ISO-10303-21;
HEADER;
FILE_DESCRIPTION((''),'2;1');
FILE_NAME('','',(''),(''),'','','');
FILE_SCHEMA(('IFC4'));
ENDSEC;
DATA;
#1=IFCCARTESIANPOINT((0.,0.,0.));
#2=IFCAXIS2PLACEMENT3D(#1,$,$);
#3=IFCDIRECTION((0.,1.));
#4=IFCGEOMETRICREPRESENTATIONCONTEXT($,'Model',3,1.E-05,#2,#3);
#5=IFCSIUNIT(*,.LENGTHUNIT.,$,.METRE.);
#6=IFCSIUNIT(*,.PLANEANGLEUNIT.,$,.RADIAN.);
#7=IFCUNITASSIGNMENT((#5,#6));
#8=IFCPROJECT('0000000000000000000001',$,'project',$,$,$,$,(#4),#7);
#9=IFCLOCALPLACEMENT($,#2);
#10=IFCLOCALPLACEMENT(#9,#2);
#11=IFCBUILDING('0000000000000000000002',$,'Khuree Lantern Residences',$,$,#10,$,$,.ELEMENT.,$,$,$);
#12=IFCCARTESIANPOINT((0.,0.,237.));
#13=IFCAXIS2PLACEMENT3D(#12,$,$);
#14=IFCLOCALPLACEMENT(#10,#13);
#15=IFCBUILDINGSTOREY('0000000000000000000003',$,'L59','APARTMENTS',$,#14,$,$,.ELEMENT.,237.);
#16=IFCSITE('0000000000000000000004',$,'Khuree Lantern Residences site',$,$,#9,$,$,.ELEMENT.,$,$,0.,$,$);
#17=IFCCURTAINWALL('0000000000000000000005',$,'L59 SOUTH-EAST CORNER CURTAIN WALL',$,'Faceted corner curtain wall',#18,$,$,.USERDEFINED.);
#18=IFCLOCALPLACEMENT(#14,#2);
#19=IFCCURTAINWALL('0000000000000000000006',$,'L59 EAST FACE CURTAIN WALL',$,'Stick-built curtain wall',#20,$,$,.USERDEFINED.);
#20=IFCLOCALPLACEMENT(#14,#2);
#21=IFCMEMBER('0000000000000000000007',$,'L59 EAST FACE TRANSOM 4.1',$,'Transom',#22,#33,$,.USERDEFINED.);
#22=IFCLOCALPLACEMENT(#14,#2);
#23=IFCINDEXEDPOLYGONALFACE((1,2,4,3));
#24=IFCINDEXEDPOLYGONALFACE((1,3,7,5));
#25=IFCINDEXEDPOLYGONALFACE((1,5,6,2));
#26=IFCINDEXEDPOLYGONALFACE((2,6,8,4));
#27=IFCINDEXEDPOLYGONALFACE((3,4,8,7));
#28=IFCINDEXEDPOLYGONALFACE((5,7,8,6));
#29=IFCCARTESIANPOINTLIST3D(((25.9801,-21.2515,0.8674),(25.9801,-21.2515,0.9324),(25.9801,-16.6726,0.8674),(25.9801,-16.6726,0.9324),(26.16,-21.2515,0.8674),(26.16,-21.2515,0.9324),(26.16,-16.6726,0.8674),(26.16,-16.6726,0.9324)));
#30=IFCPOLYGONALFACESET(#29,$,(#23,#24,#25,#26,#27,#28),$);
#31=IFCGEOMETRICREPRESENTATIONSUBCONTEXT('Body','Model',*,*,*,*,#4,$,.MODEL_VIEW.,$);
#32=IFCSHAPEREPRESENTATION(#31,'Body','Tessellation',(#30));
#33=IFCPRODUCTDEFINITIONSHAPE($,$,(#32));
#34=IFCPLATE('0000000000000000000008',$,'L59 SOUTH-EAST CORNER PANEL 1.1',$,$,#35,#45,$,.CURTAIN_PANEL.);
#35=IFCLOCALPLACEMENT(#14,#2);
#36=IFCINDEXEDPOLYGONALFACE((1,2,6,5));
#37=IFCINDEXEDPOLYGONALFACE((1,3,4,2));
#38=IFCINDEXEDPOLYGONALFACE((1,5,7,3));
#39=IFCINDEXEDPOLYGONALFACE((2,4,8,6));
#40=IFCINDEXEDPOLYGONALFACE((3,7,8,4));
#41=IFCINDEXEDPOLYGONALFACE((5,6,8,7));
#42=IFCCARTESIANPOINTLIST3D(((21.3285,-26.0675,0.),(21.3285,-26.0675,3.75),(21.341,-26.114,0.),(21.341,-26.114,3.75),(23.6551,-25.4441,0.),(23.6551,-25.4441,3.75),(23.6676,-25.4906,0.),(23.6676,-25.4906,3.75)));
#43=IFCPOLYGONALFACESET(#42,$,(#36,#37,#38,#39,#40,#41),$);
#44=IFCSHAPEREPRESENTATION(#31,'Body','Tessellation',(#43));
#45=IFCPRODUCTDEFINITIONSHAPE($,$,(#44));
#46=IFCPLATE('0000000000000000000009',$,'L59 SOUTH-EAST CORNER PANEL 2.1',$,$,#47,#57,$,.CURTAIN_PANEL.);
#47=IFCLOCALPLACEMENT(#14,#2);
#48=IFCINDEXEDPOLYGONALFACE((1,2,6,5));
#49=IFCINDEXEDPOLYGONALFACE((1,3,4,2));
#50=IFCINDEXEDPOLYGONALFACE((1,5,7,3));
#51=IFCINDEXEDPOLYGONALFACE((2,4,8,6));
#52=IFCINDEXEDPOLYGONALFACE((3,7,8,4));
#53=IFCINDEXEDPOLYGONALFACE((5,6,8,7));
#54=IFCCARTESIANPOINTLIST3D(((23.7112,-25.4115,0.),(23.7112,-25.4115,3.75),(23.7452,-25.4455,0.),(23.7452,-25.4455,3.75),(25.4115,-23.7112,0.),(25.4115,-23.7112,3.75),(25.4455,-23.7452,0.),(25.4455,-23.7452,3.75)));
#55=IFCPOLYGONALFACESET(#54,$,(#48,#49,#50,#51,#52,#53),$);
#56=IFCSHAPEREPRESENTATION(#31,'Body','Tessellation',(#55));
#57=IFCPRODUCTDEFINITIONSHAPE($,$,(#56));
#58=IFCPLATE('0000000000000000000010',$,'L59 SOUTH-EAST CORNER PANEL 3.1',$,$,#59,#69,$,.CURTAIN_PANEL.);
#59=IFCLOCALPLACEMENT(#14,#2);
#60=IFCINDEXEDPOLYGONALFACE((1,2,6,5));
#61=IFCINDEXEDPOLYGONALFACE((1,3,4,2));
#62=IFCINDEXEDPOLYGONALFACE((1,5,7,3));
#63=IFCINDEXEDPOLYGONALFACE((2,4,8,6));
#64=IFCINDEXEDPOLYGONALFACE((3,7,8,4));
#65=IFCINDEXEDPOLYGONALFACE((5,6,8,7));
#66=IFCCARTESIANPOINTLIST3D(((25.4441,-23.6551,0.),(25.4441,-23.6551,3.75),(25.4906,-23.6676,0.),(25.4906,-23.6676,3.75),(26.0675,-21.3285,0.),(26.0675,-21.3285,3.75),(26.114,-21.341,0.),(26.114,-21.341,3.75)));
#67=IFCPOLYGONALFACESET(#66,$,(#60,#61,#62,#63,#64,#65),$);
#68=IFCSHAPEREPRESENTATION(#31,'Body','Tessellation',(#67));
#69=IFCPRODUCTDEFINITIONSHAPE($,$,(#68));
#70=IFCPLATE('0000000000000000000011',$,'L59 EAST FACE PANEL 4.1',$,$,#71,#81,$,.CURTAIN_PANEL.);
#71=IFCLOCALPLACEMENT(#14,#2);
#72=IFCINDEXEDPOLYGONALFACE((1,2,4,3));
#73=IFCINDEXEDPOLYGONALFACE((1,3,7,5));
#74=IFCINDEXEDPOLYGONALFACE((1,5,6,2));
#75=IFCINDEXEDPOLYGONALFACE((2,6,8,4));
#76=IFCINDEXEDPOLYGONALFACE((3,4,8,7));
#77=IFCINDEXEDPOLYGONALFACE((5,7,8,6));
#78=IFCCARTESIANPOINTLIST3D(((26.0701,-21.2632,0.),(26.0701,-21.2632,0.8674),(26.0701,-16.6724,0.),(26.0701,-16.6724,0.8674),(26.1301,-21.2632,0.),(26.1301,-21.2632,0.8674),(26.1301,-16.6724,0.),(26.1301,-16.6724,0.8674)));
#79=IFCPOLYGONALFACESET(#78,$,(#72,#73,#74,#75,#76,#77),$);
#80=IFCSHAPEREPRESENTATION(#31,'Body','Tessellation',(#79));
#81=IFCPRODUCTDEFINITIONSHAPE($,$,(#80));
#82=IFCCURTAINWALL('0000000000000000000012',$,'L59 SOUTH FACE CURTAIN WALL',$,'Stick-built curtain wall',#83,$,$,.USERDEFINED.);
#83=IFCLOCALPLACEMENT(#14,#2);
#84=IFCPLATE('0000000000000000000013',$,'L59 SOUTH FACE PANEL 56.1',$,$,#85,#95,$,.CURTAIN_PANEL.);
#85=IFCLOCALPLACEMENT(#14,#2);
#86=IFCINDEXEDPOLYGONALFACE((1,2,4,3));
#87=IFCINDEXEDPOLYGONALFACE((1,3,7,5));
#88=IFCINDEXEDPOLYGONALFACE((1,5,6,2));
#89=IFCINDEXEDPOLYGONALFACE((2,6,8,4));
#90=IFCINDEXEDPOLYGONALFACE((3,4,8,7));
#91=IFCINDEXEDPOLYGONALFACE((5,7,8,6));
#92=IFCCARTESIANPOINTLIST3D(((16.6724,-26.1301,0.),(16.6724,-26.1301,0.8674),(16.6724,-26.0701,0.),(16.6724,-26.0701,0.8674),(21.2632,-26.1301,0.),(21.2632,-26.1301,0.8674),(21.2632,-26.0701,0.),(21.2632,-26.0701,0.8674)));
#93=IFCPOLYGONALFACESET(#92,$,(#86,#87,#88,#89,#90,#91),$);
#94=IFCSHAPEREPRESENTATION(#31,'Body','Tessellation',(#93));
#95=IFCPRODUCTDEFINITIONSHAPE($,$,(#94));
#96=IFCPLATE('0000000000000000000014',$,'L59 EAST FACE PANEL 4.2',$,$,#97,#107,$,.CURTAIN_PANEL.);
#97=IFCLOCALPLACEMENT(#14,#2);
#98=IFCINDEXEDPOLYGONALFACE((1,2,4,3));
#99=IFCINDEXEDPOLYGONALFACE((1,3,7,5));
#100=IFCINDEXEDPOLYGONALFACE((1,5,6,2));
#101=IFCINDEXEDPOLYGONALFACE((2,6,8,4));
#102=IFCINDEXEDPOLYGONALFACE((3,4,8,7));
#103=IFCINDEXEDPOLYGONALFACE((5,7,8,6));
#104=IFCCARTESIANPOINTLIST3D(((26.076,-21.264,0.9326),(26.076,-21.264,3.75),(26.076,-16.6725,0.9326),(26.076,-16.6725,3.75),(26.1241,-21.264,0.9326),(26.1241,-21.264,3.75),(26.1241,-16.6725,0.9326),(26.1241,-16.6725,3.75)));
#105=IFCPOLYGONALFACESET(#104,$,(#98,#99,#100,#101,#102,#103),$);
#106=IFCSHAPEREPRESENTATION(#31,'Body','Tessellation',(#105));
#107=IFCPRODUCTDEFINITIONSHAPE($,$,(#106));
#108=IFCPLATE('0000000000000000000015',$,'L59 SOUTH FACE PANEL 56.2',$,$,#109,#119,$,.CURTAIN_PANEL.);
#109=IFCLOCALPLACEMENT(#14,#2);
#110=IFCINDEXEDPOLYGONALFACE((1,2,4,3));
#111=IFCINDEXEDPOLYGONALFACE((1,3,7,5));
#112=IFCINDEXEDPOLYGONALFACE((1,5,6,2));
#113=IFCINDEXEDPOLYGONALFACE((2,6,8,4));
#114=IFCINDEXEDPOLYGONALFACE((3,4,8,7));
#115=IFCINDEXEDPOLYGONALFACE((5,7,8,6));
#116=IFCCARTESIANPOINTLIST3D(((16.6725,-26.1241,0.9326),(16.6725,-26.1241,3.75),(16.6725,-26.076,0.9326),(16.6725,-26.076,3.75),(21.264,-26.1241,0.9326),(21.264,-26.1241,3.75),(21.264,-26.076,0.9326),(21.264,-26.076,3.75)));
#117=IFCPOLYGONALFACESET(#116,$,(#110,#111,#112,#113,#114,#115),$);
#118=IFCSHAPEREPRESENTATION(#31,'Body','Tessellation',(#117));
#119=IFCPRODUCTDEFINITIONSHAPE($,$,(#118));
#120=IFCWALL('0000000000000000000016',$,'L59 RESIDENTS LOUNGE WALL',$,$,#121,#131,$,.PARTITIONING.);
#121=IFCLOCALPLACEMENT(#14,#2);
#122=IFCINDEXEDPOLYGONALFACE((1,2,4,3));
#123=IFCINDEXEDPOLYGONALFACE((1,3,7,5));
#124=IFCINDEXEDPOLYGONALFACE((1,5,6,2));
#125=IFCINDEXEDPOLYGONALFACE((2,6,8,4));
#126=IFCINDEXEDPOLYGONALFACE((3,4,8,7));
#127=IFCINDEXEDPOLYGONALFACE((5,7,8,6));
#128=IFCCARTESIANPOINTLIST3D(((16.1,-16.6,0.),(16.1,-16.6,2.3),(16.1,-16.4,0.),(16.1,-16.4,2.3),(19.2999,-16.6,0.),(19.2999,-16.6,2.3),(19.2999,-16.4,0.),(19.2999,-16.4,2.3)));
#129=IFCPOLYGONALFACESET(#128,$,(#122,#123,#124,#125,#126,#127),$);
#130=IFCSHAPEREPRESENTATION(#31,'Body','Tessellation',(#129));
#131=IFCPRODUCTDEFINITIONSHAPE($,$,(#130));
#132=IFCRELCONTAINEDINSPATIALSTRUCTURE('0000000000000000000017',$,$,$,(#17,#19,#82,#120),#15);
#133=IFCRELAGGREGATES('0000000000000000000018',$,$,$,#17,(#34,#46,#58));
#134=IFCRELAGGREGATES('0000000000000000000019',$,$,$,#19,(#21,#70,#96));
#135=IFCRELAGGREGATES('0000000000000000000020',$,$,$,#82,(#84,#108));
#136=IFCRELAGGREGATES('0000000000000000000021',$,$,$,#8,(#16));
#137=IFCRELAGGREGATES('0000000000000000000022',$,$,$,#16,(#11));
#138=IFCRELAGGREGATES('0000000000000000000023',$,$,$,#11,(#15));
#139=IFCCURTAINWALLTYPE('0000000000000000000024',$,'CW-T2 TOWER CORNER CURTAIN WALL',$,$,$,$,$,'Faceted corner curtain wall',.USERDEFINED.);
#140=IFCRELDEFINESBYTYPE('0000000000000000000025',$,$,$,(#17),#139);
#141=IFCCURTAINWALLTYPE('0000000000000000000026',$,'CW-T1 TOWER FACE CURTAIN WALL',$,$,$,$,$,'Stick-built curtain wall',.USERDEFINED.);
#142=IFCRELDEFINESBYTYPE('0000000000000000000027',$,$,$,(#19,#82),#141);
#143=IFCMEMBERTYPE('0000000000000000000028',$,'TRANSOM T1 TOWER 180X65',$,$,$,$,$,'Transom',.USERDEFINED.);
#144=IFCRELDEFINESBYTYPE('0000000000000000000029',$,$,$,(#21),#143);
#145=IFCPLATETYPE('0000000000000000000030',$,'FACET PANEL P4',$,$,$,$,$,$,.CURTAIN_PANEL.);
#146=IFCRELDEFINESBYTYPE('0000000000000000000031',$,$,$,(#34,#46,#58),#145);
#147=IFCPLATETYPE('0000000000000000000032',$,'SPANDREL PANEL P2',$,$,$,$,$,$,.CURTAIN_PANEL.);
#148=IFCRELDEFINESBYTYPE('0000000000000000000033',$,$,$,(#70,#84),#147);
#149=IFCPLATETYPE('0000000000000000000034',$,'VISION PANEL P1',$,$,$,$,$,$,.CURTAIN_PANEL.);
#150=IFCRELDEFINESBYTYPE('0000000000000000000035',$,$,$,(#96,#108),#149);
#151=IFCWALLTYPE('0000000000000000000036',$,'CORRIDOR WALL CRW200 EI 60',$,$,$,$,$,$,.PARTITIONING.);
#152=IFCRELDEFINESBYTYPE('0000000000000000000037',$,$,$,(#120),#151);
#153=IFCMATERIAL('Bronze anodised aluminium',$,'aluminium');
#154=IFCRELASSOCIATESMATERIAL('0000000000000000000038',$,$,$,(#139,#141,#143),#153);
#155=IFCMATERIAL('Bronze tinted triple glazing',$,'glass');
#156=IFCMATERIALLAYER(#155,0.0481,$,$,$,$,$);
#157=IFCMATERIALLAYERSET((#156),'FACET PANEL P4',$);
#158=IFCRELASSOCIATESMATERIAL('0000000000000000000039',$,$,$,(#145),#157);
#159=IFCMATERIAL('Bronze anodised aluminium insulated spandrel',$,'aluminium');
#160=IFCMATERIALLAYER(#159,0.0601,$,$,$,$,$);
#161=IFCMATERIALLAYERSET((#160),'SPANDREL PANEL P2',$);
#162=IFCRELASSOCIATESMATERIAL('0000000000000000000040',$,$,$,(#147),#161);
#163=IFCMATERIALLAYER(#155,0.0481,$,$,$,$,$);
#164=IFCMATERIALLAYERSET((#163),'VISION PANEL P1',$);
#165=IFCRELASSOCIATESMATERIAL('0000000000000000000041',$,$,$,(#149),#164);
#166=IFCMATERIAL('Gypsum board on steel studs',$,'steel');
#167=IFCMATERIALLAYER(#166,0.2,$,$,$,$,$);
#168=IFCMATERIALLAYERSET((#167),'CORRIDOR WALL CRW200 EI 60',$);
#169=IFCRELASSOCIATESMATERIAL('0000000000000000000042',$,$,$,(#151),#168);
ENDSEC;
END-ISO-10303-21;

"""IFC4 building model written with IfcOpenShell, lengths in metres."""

from ifc_helpers import new_model, si_unit, direction, frame, frame_2d, origin, origin_2d, place, context, subcontext, project, spatial, rectangle, extrude, material, layer, layer_set, material_profile, profile_set, type_object, element, aggregate, save


model = new_model("IFC4")

# Units and contexts
model_context = context("Model", 3, precision=1e-05, world=origin(), true_north=direction((0.0, 1.0)))
body_context = subcontext(model_context, "Body", "Model", "MODEL_VIEW")
ifc_project = project(units=[si_unit("LENGTHUNIT", "METRE"), si_unit("PLANEANGLEUNIT", "RADIAN")], contexts=[model_context])

# Site, building, storey
site_placement = place(None, origin())
site = spatial("IfcSite", under=ifc_project, at=site_placement, Name="Khuree Lantern Residences site", CompositionType="ELEMENT", RefElevation=0.0)
building_placement = place(site_placement, origin())
building = spatial("IfcBuilding", under=site, at=building_placement, Name="Khuree Lantern Residences", CompositionType="ELEMENT")
storey_placement = place(building_placement, frame((0.0, 0.0, 237.0)))
storey = spatial("IfcBuildingStorey", under=building, at=storey_placement, Name="L59", Description="APARTMENTS", CompositionType="ELEMENT", Elevation=237.0)

# Curtain walls
ifc_material_1 = material(Name="Bronze anodised aluminium", Category="aluminium")
curtain_wall_type_1 = type_object("IfcCurtainWallType", Name="CW-T2 TOWER CORNER CURTAIN WALL", ElementType="Faceted corner curtain wall", PredefinedType="USERDEFINED", material=ifc_material_1)
curtain_wall_1_placement = place(storey_placement, origin())
curtain_wall_1 = element("IfcCurtainWall", 1, at=curtain_wall_1_placement, inside=storey, type_object=curtain_wall_type_1, Name="L59 SOUTH-EAST CORNER CURTAIN WALL", ObjectType="Faceted corner curtain wall", PredefinedType="USERDEFINED")
curtain_wall_type_2 = type_object("IfcCurtainWallType", Name="CW-T1 TOWER FACE CURTAIN WALL", ElementType="Stick-built curtain wall", PredefinedType="USERDEFINED", material=ifc_material_1)
curtain_wall_2_placement = place(storey_placement, origin())
curtain_wall_2 = element("IfcCurtainWall", 2, at=curtain_wall_2_placement, inside=storey, type_object=curtain_wall_type_2, Name="L59 EAST FACE CURTAIN WALL", ObjectType="Stick-built curtain wall", PredefinedType="USERDEFINED")

# Member
ifc_material_profile_1 = material_profile(ifc_material_1, rectangle(XDim=0.1799, YDim=0.0649, at=origin_2d()), Name="T1 180X65")
ifc_profile_set_1 = profile_set([ifc_material_profile_1], Name="Bronze anodised aluminium")
member_type_1 = type_object("IfcMemberType", Name="TRANSOM T1 TOWER 180X65", ElementType="Transom", PredefinedType="USERDEFINED", material=ifc_profile_set_1)
member_1_placement = place(storey_placement, frame((26.0701, -21.2515, 0.8999), z_axis=(0.0, 1.0, 0.0), x_axis=(-1.0, 0.0, 0.0)))
member_1 = element("IfcMember", 3, at=member_1_placement, type_object=member_type_1, Name="L59 EAST FACE TRANSOM 4.1", ObjectType="Transom", PredefinedType="USERDEFINED", context=body_context, shape_type="SweptSolid", body=[
    extrude(rectangle(XDim=0.1799, YDim=0.0649, at=origin_2d()), origin(), (0.0, 0.0, 1.0), 4.5789),
])

# Plates
ifc_material_2 = material(Name="Bronze tinted triple glazing", Category="glass")
ifc_layer_1 = layer(ifc_material_2, 0.0481)
ifc_layer_set_1 = layer_set([ifc_layer_1], Name="FACET PANEL P4")
plate_type_1 = type_object("IfcPlateType", Name="FACET PANEL P4", PredefinedType="CURTAIN_PANEL", material=ifc_layer_set_1)
plate_1_placement = place(storey_placement, frame((22.498, -25.7791, 0.0), z_axis=(0.0, 0.0, 1.0), x_axis=(0.965926, 0.258819, 0.0)))
plate_1 = element("IfcPlate", 4, at=plate_1_placement, type_object=plate_type_1, Name="L59 SOUTH-EAST CORNER PANEL 1.1", PredefinedType="CURTAIN_PANEL", context=body_context, shape_type="SweptSolid", body=[
    extrude(rectangle(XDim=2.4087, YDim=0.0481, at=origin_2d()), origin(), (0.0, 0.0, 1.0), 3.75),
])
plate_2_placement = place(storey_placement, frame((24.5784, -24.5784, 0.0), z_axis=(0.0, 0.0, 1.0), x_axis=(0.707107, 0.707107, 0.0)))
plate_2 = element("IfcPlate", 5, at=plate_2_placement, type_object=plate_type_1, Name="L59 SOUTH-EAST CORNER PANEL 2.1", PredefinedType="CURTAIN_PANEL", context=body_context, shape_type="SweptSolid", body=[
    extrude(rectangle(XDim=2.4045, YDim=0.0481, at=origin_2d()), origin(), (0.0, 0.0, 1.0), 3.75),
])
plate_3_placement = place(storey_placement, frame((25.7791, -22.498, 0.0), z_axis=(0.0, 0.0, 1.0), x_axis=(0.258819, 0.965926, 0.0)))
plate_3 = element("IfcPlate", 6, at=plate_3_placement, type_object=plate_type_1, Name="L59 SOUTH-EAST CORNER PANEL 3.1", PredefinedType="CURTAIN_PANEL", context=body_context, shape_type="SweptSolid", body=[
    extrude(rectangle(XDim=2.4087, YDim=0.0481, at=origin_2d()), origin(), (0.0, 0.0, 1.0), 3.75),
])
aggregate(curtain_wall_1, [plate_1, plate_2, plate_3])
ifc_material_3 = material(Name="Bronze anodised aluminium insulated spandrel", Category="aluminium")
ifc_layer_2 = layer(ifc_material_3, 0.0601)
ifc_layer_set_2 = layer_set([ifc_layer_2], Name="SPANDREL PANEL P2")
plate_type_2 = type_object("IfcPlateType", Name="SPANDREL PANEL P2", PredefinedType="CURTAIN_PANEL", material=ifc_layer_set_2)
plate_4_placement = place(storey_placement, frame((26.1001, -18.9678, 0.0), z_axis=(0.0, 0.0, 1.0), x_axis=(0.0, 1.0, 0.0)))
plate_4 = element("IfcPlate", 7, at=plate_4_placement, type_object=plate_type_2, Name="L59 EAST FACE PANEL 4.1", PredefinedType="CURTAIN_PANEL", context=body_context, shape_type="SweptSolid", body=[
    extrude(rectangle(XDim=4.5908, YDim=0.0601, at=origin_2d()), origin(), (0.0, 0.0, 1.0), 0.8674),
])

# Curtain wall, plate
curtain_wall_3_placement = place(storey_placement, origin())
curtain_wall_3 = element("IfcCurtainWall", 8, at=curtain_wall_3_placement, inside=storey, type_object=curtain_wall_type_2, Name="L59 SOUTH FACE CURTAIN WALL", ObjectType="Stick-built curtain wall", PredefinedType="USERDEFINED")
plate_5_placement = place(storey_placement, frame((18.9678, -26.1001, 0.0), z_axis=(0.0, 0.0, 1.0), x_axis=(1.0, 0.0, 0.0)))
plate_5 = element("IfcPlate", 9, at=plate_5_placement, type_object=plate_type_2, Name="L59 SOUTH FACE PANEL 56.1", PredefinedType="CURTAIN_PANEL", context=body_context, shape_type="SweptSolid", body=[
    extrude(rectangle(XDim=4.5908, YDim=0.0601, at=origin_2d()), origin(), (0.0, 0.0, 1.0), 0.8674),
])

# Plates
ifc_layer_3 = layer(ifc_material_2, 0.0481)
ifc_layer_set_3 = layer_set([ifc_layer_3], Name="VISION PANEL P1")
plate_type_3 = type_object("IfcPlateType", Name="VISION PANEL P1", PredefinedType="CURTAIN_PANEL", material=ifc_layer_set_3)
plate_6_placement = place(storey_placement, frame((26.1001, -18.9683, 0.9326), z_axis=(0.0, 0.0, 1.0), x_axis=(0.0, 1.0, 0.0)))
plate_6 = element("IfcPlate", 10, at=plate_6_placement, type_object=plate_type_3, Name="L59 EAST FACE PANEL 4.2", PredefinedType="CURTAIN_PANEL", context=body_context, shape_type="SweptSolid", body=[
    extrude(rectangle(XDim=4.5916, YDim=0.0481, at=origin_2d()), origin(), (0.0, 0.0, 1.0), 2.8174),
])
aggregate(curtain_wall_2, [member_1, plate_4, plate_6])
plate_7_placement = place(storey_placement, frame((18.9683, -26.1001, 0.9326), z_axis=(0.0, 0.0, 1.0), x_axis=(1.0, 0.0, 0.0)))
plate_7 = element("IfcPlate", 11, at=plate_7_placement, type_object=plate_type_3, Name="L59 SOUTH FACE PANEL 56.2", PredefinedType="CURTAIN_PANEL", context=body_context, shape_type="SweptSolid", body=[
    extrude(rectangle(XDim=4.5916, YDim=0.0481, at=origin_2d()), origin(), (0.0, 0.0, 1.0), 2.8174),
])
aggregate(curtain_wall_3, [plate_5, plate_7])

# Wall
ifc_material_4 = material(Name="Gypsum board on steel studs", Category="steel")
ifc_layer_4 = layer(ifc_material_4, 0.2)
ifc_layer_set_4 = layer_set([ifc_layer_4], Name="CORRIDOR WALL CRW200 EI 60")
wall_type = type_object("IfcWallType", Name="CORRIDOR WALL CRW200 EI 60", PredefinedType="PARTITIONING", material=ifc_layer_set_4)
wall_placement = place(storey_placement, frame((19.3, -16.5, 0.0), z_axis=(0.0, 0.0, 1.0), x_axis=(-1.0, 0.0, 0.0)))
element("IfcWall", 12, at=wall_placement, inside=storey, type_object=wall_type, Name="L59 RESIDENTS LOUNGE WALL", PredefinedType="PARTITIONING", context=body_context, shape_type="SweptSolid", body=[
    extrude(rectangle(XDim=3.2, YDim=0.2, at=frame_2d((1.6001, 0.0))), origin(), (0.0, 0.0, 1.0), 2.3),
])

save(model, "model.ifc")
